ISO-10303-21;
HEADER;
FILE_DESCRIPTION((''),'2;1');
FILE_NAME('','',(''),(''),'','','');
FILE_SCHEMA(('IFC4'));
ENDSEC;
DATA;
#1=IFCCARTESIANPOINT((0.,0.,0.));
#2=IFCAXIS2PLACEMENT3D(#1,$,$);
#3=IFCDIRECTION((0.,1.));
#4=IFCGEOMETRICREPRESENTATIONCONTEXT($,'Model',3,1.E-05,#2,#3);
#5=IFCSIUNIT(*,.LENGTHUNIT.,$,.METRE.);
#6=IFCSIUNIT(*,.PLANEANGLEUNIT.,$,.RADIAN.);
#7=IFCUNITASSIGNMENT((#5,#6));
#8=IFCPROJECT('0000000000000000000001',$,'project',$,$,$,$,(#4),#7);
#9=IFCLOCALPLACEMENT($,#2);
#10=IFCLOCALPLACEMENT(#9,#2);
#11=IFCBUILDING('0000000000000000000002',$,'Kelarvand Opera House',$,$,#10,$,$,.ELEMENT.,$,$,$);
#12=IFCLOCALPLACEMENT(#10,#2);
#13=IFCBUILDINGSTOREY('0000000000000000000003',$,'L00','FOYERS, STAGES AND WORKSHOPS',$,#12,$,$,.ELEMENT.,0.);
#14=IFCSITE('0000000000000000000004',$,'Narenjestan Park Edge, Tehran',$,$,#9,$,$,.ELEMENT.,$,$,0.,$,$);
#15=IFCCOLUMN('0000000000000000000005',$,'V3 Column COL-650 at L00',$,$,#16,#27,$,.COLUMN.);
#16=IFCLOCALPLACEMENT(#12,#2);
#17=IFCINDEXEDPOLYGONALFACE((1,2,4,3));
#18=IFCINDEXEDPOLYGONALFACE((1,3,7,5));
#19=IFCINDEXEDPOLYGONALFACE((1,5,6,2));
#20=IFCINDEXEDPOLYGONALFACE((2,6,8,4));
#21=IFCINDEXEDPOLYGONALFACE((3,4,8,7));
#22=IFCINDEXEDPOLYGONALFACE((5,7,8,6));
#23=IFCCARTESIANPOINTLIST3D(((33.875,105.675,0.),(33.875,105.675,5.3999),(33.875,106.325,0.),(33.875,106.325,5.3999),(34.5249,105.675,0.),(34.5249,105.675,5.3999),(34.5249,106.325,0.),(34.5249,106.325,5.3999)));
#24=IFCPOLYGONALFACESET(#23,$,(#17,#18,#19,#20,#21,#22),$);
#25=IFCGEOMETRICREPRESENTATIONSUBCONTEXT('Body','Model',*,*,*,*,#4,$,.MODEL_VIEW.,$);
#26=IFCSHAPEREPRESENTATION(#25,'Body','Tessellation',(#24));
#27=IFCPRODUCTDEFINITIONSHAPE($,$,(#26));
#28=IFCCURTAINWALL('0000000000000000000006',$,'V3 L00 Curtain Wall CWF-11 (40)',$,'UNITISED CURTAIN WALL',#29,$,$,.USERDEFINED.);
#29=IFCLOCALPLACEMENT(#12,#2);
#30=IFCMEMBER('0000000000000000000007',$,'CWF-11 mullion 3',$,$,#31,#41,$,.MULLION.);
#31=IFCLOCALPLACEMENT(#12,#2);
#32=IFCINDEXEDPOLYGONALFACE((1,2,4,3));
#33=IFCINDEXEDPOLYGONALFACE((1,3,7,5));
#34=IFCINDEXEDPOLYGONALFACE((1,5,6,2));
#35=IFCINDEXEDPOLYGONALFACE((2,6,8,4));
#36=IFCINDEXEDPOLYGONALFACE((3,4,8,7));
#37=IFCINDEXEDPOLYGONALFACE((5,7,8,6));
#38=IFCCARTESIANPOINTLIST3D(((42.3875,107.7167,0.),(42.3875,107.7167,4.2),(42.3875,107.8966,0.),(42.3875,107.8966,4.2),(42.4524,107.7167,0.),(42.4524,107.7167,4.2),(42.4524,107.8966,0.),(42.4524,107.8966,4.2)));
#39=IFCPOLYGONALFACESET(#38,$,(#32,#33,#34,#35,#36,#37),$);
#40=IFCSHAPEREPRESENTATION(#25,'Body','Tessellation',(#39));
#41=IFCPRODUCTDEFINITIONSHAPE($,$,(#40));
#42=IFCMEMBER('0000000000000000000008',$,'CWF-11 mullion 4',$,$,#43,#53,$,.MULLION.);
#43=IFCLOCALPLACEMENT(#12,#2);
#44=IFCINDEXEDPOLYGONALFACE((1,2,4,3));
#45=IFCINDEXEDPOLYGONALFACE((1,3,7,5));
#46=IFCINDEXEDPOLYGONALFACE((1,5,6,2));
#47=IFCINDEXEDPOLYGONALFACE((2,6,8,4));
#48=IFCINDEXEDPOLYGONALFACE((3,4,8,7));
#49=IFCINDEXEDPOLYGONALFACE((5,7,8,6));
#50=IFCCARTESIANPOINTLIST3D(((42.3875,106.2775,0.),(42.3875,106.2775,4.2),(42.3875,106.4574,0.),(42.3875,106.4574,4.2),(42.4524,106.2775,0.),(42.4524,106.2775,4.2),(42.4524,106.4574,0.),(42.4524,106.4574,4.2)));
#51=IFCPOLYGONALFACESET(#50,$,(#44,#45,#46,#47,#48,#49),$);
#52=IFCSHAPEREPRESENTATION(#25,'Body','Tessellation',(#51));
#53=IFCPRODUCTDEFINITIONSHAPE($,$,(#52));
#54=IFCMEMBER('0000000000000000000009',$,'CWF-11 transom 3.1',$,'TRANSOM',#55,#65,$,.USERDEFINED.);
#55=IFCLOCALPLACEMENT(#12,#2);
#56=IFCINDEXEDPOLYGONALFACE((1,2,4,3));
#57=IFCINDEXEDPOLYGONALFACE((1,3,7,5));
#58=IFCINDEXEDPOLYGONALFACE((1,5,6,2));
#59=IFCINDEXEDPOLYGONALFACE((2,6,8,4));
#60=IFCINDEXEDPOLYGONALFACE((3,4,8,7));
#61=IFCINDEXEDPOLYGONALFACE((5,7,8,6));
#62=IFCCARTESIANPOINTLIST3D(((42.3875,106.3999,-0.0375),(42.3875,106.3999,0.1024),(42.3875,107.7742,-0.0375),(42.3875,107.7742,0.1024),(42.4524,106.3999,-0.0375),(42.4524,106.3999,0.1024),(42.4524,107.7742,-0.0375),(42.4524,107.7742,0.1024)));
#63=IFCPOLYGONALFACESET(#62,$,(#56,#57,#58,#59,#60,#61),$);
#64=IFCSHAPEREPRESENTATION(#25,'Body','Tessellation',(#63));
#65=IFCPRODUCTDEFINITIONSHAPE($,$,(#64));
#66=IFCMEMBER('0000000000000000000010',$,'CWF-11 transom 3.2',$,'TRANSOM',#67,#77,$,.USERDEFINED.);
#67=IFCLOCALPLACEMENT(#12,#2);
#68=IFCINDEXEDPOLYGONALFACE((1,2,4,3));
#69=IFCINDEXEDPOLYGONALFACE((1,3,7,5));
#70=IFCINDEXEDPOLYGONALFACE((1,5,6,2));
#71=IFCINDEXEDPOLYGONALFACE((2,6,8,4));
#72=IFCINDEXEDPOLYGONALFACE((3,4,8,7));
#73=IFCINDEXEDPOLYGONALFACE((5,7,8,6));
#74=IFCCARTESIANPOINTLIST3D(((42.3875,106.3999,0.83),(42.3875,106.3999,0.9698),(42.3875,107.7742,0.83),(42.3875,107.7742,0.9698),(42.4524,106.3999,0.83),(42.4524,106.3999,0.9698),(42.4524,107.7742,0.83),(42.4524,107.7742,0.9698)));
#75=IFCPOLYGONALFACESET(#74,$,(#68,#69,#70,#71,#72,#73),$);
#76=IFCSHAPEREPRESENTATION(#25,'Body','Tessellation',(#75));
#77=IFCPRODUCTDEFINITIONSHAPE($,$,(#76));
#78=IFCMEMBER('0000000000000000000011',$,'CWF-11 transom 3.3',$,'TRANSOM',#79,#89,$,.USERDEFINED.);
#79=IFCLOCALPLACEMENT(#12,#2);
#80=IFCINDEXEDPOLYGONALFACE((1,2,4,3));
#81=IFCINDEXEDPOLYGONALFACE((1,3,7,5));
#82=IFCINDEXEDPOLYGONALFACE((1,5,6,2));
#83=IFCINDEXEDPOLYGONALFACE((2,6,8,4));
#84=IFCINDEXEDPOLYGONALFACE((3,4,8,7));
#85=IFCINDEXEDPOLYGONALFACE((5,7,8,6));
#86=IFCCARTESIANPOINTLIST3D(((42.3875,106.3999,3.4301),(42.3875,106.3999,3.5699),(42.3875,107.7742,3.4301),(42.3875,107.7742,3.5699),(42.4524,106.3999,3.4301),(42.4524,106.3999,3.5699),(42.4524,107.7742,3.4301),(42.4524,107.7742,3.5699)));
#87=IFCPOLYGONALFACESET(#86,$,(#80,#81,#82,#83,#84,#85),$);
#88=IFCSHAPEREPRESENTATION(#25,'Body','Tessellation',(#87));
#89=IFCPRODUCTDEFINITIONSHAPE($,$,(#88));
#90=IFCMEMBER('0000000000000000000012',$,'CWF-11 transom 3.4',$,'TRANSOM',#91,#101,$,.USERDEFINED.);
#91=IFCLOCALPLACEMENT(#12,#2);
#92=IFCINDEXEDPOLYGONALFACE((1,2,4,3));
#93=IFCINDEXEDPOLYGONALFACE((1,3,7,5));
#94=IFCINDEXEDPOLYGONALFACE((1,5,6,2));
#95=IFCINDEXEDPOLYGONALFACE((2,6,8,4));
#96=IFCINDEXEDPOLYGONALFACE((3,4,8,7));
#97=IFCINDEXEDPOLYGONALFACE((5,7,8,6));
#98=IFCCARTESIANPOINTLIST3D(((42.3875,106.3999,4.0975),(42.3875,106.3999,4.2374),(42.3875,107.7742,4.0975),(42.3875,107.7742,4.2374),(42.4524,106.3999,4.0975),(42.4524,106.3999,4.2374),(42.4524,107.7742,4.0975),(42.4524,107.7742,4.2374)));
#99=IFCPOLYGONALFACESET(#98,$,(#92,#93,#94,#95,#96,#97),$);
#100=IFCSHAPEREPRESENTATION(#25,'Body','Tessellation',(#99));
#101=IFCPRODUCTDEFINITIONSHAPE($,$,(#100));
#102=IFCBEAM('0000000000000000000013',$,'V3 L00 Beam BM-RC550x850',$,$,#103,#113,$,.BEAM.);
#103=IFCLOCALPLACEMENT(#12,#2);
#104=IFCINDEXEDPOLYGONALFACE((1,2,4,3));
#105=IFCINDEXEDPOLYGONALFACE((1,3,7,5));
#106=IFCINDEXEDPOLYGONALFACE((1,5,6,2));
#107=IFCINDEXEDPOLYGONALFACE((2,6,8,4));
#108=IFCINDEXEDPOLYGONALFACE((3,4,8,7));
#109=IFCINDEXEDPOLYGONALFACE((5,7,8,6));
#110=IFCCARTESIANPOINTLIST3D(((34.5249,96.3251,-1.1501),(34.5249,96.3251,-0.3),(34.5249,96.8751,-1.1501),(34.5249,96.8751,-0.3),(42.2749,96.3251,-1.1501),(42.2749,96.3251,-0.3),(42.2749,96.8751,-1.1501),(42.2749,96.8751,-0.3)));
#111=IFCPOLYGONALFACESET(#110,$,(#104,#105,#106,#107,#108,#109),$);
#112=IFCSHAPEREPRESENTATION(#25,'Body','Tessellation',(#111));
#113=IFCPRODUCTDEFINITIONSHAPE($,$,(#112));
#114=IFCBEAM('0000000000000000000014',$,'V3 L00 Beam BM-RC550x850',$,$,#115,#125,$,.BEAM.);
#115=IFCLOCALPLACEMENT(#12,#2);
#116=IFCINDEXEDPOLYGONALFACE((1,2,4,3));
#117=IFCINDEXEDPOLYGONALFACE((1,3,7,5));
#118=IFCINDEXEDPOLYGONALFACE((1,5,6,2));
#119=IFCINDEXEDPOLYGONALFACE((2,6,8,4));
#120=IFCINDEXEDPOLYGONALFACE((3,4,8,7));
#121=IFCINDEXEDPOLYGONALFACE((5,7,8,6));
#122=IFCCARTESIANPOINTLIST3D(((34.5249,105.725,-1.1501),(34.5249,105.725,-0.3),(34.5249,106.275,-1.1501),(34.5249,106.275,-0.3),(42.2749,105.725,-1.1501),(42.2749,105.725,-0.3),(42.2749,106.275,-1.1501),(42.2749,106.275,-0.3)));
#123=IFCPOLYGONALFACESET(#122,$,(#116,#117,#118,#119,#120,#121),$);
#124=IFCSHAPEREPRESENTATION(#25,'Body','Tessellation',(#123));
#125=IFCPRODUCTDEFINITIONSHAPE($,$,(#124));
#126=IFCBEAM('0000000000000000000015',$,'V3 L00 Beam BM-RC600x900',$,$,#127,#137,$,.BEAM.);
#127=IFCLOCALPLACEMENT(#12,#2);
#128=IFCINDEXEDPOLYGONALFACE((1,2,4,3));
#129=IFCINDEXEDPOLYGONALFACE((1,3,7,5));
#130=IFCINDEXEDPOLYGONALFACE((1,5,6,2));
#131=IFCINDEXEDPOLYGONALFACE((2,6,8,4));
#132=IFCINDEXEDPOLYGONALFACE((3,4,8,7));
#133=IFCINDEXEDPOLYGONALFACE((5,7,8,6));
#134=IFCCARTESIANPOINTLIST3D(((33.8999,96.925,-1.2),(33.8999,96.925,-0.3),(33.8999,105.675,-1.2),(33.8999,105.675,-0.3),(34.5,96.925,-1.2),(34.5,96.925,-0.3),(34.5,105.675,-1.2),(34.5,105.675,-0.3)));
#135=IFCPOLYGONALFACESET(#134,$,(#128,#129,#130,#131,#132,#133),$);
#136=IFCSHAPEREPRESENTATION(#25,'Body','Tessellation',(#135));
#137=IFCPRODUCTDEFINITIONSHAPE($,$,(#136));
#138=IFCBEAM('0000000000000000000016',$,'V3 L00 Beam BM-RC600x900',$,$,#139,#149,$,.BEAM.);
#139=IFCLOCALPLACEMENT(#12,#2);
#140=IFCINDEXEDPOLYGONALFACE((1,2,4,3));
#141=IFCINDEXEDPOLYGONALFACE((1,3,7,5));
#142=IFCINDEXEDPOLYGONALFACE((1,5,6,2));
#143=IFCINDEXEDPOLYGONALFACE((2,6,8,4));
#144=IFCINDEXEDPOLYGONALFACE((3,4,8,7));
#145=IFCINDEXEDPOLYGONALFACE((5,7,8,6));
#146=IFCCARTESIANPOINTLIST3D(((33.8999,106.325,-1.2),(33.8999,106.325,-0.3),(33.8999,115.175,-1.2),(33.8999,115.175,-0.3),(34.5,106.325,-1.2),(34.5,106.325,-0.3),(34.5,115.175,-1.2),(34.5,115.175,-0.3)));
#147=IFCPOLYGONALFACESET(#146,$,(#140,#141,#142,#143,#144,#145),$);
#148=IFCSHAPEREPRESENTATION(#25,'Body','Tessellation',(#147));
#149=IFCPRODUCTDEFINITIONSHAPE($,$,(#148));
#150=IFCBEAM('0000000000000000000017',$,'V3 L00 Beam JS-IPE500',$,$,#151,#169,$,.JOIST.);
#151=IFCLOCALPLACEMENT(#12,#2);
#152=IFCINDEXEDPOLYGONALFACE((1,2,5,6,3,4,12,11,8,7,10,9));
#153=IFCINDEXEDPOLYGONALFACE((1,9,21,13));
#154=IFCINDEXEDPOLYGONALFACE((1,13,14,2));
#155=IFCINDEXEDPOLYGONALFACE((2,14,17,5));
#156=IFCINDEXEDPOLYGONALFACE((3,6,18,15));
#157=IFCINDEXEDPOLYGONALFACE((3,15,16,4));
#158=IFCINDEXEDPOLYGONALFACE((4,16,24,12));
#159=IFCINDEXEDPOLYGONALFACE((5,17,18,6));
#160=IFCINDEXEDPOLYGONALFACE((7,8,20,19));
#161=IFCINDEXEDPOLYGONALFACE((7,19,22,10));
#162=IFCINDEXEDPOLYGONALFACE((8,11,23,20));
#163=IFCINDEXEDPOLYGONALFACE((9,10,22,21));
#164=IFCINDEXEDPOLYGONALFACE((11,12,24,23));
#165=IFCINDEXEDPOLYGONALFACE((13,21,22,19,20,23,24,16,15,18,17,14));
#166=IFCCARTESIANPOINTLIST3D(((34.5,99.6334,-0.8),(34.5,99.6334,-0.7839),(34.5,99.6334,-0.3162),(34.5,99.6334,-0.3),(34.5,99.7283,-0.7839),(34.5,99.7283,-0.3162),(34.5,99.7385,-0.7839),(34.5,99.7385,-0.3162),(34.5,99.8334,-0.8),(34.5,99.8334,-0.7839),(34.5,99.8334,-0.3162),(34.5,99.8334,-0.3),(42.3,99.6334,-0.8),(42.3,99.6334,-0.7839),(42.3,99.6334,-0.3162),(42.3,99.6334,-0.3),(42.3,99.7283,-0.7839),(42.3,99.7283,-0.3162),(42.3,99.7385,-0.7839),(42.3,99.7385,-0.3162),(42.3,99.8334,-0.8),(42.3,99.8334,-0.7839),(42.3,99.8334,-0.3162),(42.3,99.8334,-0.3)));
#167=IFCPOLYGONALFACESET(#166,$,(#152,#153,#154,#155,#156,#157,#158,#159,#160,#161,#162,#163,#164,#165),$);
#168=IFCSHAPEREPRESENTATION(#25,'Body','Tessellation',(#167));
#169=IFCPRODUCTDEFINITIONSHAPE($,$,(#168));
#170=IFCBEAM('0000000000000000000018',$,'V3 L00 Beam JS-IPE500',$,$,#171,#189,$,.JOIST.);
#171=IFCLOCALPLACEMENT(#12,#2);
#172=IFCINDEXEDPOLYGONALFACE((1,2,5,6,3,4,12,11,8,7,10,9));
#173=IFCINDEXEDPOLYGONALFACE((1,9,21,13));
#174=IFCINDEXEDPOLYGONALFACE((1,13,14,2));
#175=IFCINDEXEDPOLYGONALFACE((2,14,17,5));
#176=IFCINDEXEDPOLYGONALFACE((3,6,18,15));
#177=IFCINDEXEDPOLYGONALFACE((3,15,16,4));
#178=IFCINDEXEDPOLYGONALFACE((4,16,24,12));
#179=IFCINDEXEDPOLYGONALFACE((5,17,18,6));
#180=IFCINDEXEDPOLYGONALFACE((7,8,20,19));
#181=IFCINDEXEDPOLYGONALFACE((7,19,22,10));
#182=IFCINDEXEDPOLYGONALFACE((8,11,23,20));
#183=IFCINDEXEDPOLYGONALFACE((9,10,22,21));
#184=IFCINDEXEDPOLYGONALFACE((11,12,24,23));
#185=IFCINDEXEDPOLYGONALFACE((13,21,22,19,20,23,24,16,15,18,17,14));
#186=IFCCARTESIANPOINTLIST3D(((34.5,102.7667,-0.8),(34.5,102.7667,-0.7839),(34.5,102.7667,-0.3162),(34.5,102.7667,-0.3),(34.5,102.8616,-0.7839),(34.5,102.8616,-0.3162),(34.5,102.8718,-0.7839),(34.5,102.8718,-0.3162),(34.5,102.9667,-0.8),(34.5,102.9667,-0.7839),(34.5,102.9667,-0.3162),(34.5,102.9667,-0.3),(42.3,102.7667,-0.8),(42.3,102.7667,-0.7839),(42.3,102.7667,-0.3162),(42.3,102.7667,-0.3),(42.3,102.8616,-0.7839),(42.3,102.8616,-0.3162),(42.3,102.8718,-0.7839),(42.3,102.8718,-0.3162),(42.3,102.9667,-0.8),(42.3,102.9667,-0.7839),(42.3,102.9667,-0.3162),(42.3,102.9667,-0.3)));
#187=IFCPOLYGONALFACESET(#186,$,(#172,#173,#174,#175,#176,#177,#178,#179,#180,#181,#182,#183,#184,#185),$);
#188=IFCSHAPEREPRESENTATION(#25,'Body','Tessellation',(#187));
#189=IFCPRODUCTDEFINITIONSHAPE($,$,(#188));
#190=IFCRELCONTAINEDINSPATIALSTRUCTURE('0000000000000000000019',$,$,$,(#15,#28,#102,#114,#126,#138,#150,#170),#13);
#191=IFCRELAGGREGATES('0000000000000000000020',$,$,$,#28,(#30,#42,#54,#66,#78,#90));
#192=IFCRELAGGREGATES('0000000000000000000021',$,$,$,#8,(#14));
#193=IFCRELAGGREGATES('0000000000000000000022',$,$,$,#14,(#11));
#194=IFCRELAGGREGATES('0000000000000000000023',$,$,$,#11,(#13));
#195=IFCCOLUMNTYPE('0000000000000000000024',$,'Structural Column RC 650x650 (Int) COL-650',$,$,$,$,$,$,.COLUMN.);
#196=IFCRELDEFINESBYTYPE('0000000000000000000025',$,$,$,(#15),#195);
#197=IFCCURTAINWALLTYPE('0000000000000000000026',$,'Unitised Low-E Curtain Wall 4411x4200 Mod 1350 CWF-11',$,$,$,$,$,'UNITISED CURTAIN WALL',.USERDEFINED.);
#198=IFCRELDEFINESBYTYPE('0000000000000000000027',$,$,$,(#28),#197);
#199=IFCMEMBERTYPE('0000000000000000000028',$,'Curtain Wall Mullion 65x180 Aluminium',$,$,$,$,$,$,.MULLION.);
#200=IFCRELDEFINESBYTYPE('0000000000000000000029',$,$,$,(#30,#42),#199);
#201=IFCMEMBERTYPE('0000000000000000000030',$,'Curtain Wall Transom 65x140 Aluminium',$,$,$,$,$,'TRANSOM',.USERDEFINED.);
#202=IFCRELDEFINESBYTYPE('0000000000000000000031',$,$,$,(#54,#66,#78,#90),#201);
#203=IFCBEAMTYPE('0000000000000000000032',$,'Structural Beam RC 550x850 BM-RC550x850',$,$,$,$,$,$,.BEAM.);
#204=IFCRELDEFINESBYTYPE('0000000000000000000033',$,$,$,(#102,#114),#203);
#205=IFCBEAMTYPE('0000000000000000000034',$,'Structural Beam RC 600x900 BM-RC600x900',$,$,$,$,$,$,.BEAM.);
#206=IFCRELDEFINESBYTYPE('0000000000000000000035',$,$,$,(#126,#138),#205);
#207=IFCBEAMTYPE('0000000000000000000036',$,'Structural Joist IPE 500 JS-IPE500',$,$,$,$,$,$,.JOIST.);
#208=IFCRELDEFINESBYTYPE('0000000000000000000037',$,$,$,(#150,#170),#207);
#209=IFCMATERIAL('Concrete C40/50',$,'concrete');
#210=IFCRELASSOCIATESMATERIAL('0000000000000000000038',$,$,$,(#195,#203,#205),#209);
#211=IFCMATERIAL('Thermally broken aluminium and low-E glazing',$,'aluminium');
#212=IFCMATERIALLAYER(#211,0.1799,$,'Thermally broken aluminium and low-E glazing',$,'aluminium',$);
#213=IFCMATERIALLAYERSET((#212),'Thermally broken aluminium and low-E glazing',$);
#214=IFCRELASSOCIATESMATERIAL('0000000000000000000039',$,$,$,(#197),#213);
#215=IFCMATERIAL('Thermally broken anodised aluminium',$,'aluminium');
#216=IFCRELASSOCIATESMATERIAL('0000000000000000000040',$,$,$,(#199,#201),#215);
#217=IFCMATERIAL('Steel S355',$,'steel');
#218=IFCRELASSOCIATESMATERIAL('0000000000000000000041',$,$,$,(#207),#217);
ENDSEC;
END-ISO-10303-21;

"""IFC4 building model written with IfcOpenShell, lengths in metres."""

from ifc_helpers import new_model, si_unit, direction, frame, origin, origin_2d, place, context, subcontext, project, spatial, rectangle, i_section, extrude, material, layer, layer_set, material_profile, profile_set, type_object, element, aggregate, save


model = new_model("IFC4")

# Units and contexts
model_context = context("Model", 3, precision=1e-05, world=origin(), true_north=direction((0.0, 1.0)))
body_context = subcontext(model_context, "Body", "Model", "MODEL_VIEW")
ifc_project = project(units=[si_unit("LENGTHUNIT", "METRE"), si_unit("PLANEANGLEUNIT", "RADIAN")], contexts=[model_context])

# Site, building, storey
site_placement = place(None, origin())
site = spatial("IfcSite", under=ifc_project, at=site_placement, Name="Narenjestan Park Edge, Tehran", CompositionType="ELEMENT", RefElevation=0.0)
building_placement = place(site_placement, origin())
building = spatial("IfcBuilding", under=site, at=building_placement, Name="Kelarvand Opera House", CompositionType="ELEMENT")
storey_placement = place(building_placement, origin())
storey = spatial("IfcBuildingStorey", under=building, at=storey_placement, Name="L00", Description="FOYERS, STAGES AND WORKSHOPS", CompositionType="ELEMENT", Elevation=0.0)

# Column
ifc_material_1 = material(Name="Concrete C40/50", Category="concrete")
ifc_material_profile_1 = material_profile(ifc_material_1, rectangle(XDim=0.6499, YDim=0.6499, at=origin_2d()), Name="RC 650x650", Category="concrete")
ifc_profile_set_1 = profile_set([ifc_material_profile_1], Name="Concrete C40/50")
column_type = type_object("IfcColumnType", Name="Structural Column RC 650x650 (Int) COL-650", PredefinedType="COLUMN", material=ifc_profile_set_1)
column_placement = place(storey_placement, frame((34.2, 106.0, 0.0), z_axis=(0.0, 0.0, 1.0), x_axis=(1.0, 0.0, 0.0)))
element("IfcColumn", 1, at=column_placement, inside=storey, type_object=column_type, Name="V3 Column COL-650 at L00", PredefinedType="COLUMN", context=body_context, shape_type="SweptSolid", body=[
    extrude(rectangle(XDim=0.6499, YDim=0.6499, at=origin_2d()), origin(), (0.0, 0.0, 1.0), 5.3999),
])

# Curtain wall, members
ifc_material_2 = material(Name="Thermally broken aluminium and low-E glazing", Category="aluminium")
ifc_layer_1 = layer(ifc_material_2, 0.1799, Name="Thermally broken aluminium and low-E glazing", Category="aluminium")
ifc_layer_set_1 = layer_set([ifc_layer_1], Name="Thermally broken aluminium and low-E glazing")
curtain_wall_type = type_object("IfcCurtainWallType", Name="Unitised Low-E Curtain Wall 4411x4200 Mod 1350 CWF-11", ElementType="UNITISED CURTAIN WALL", PredefinedType="USERDEFINED", material=ifc_layer_set_1)
curtain_wall_placement = place(storey_placement, origin())
curtain_wall = element("IfcCurtainWall", 2, at=curtain_wall_placement, inside=storey, type_object=curtain_wall_type, Name="V3 L00 Curtain Wall CWF-11 (40)", ObjectType="UNITISED CURTAIN WALL", PredefinedType="USERDEFINED")
ifc_material_3 = material(Name="Thermally broken anodised aluminium", Category="aluminium")
ifc_material_profile_2 = material_profile(ifc_material_3, rectangle(XDim=0.0649, YDim=0.1799, at=origin_2d()), Name="ALU MULLION 65x180", Category="aluminium")
ifc_profile_set_2 = profile_set([ifc_material_profile_2], Name="Thermally broken anodised aluminium")
member_type_1 = type_object("IfcMemberType", Name="Curtain Wall Mullion 65x180 Aluminium", PredefinedType="MULLION", material=ifc_profile_set_2)
member_1_placement = place(storey_placement, frame((42.4199, 107.8066, 0.0), z_axis=(0.0, 0.0, 1.0), x_axis=(1.0, 0.0, 0.0)))
member_1 = element("IfcMember", 3, at=member_1_placement, type_object=member_type_1, Name="CWF-11 mullion 3", PredefinedType="MULLION", context=body_context, shape_type="SweptSolid", body=[
    extrude(rectangle(XDim=0.0649, YDim=0.1799, at=origin_2d()), origin(), (0.0, 0.0, 1.0), 4.2),
])
member_2_placement = place(storey_placement, frame((42.4199, 106.3674, 0.0), z_axis=(0.0, 0.0, 1.0), x_axis=(1.0, 0.0, 0.0)))
member_2 = element("IfcMember", 4, at=member_2_placement, type_object=member_type_1, Name="CWF-11 mullion 4", PredefinedType="MULLION", context=body_context, shape_type="SweptSolid", body=[
    extrude(rectangle(XDim=0.0649, YDim=0.1799, at=origin_2d()), origin(), (0.0, 0.0, 1.0), 4.2),
])
ifc_material_profile_3 = material_profile(ifc_material_3, rectangle(XDim=0.0649, YDim=0.1399, at=origin_2d()), Name="ALU TRANSOM 65x140", Category="aluminium")
ifc_profile_set_3 = profile_set([ifc_material_profile_3], Name="Thermally broken anodised aluminium")
member_type_2 = type_object("IfcMemberType", Name="Curtain Wall Transom 65x140 Aluminium", ElementType="TRANSOM", PredefinedType="USERDEFINED", material=ifc_profile_set_3)
member_3_placement = place(storey_placement, frame((42.4199, 107.7742, 0.0325), z_axis=(0.0, -1.0, 0.0), x_axis=(1.0, 0.0, 0.0)))
member_3 = element("IfcMember", 5, at=member_3_placement, type_object=member_type_2, Name="CWF-11 transom 3.1", ObjectType="TRANSOM", PredefinedType="USERDEFINED", context=body_context, shape_type="SweptSolid", body=[
    extrude(rectangle(XDim=0.0649, YDim=0.1399, at=origin_2d()), origin(), (0.0, 0.0, 1.0), 1.3743),
])
member_4_placement = place(storey_placement, frame((42.4199, 107.7742, 0.8999), z_axis=(0.0, -1.0, 0.0), x_axis=(1.0, 0.0, 0.0)))
member_4 = element("IfcMember", 6, at=member_4_placement, type_object=member_type_2, Name="CWF-11 transom 3.2", ObjectType="TRANSOM", PredefinedType="USERDEFINED", context=body_context, shape_type="SweptSolid", body=[
    extrude(rectangle(XDim=0.0649, YDim=0.1399, at=origin_2d()), origin(), (0.0, 0.0, 1.0), 1.3743),
])
member_5_placement = place(storey_placement, frame((42.4199, 107.7742, 3.5), z_axis=(0.0, -1.0, 0.0), x_axis=(1.0, 0.0, 0.0)))
member_5 = element("IfcMember", 7, at=member_5_placement, type_object=member_type_2, Name="CWF-11 transom 3.3", ObjectType="TRANSOM", PredefinedType="USERDEFINED", context=body_context, shape_type="SweptSolid", body=[
    extrude(rectangle(XDim=0.0649, YDim=0.1399, at=origin_2d()), origin(), (0.0, 0.0, 1.0), 1.3743),
])
member_6_placement = place(storey_placement, frame((42.4199, 107.7742, 4.1675), z_axis=(0.0, -1.0, 0.0), x_axis=(1.0, 0.0, 0.0)))
member_6 = element("IfcMember", 8, at=member_6_placement, type_object=member_type_2, Name="CWF-11 transom 3.4", ObjectType="TRANSOM", PredefinedType="USERDEFINED", context=body_context, shape_type="SweptSolid", body=[
    extrude(rectangle(XDim=0.0649, YDim=0.1399, at=origin_2d()), origin(), (0.0, 0.0, 1.0), 1.3743),
])

# Beams
ifc_material_profile_4 = material_profile(ifc_material_1, rectangle(XDim=0.55, YDim=0.8501, at=origin_2d()), Name="RC 550x850", Category="concrete")
ifc_profile_set_4 = profile_set([ifc_material_profile_4], Name="Concrete C40/50")
beam_type_1 = type_object("IfcBeamType", Name="Structural Beam RC 550x850 BM-RC550x850", PredefinedType="BEAM", material=ifc_profile_set_4)
for number, where, z_axis, x_axis, name in (
    (9, (34.5249, 96.6001, -0.7251), (1.0, 0.0, 0.0), (0.0, 1.0, 0.0), "V3 L00 Beam BM-RC550x850"),
    (10, (34.5249, 106.0, -0.7251), (1.0, 0.0, 0.0), (0.0, 1.0, 0.0), "V3 L00 Beam BM-RC550x850"),
):
    element("IfcBeam", number, at=place(storey_placement, frame(where, z_axis=z_axis, x_axis=x_axis)), inside=storey, type_object=beam_type_1, Name=name, PredefinedType="BEAM", context=body_context, shape_type="SweptSolid", body=[
        extrude(rectangle(XDim=0.55, YDim=0.8501, at=origin_2d()), origin(), (0.0, 0.0, 1.0), 7.75),
    ])
ifc_material_profile_5 = material_profile(ifc_material_1, rectangle(XDim=0.6001, YDim=0.8999, at=origin_2d()), Name="RC 600x900", Category="concrete")
ifc_profile_set_5 = profile_set([ifc_material_profile_5], Name="Concrete C40/50")
beam_type_2 = type_object("IfcBeamType", Name="Structural Beam RC 600x900 BM-RC600x900", PredefinedType="BEAM", material=ifc_profile_set_5)
beam_1_placement = place(storey_placement, frame((34.2, 96.925, -0.75), z_axis=(0.0, 1.0, 0.0), x_axis=(-1.0, 0.0, 0.0)))
element("IfcBeam", 11, at=beam_1_placement, inside=storey, type_object=beam_type_2, Name="V3 L00 Beam BM-RC600x900", PredefinedType="BEAM", context=body_context, shape_type="SweptSolid", body=[
    extrude(rectangle(XDim=0.6001, YDim=0.8999, at=origin_2d()), origin(), (0.0, 0.0, 1.0), 8.75),
])
beam_2_placement = place(storey_placement, frame((34.2, 106.325, -0.75), z_axis=(0.0, 1.0, 0.0), x_axis=(-1.0, 0.0, 0.0)))
element("IfcBeam", 12, at=beam_2_placement, inside=storey, type_object=beam_type_2, Name="V3 L00 Beam BM-RC600x900", PredefinedType="BEAM", context=body_context, shape_type="SweptSolid", body=[
    extrude(rectangle(XDim=0.6001, YDim=0.8999, at=origin_2d()), origin(), (0.0, 0.0, 1.0), 8.8501),
])
ifc_material_4 = material(Name="Steel S355", Category="steel")
ifc_material_profile_6 = material_profile(ifc_material_4, i_section(OverallWidth=0.2, OverallDepth=0.5, WebThickness=0.0103, FlangeThickness=0.0161, at=origin_2d()), Name="IPE 500", Category="steel")
ifc_profile_set_6 = profile_set([ifc_material_profile_6], Name="Steel S355")
beam_type_3 = type_object("IfcBeamType", Name="Structural Joist IPE 500 JS-IPE500", PredefinedType="JOIST", material=ifc_profile_set_6)
for number, where, z_axis, x_axis, name in (
    (13, (34.5, 99.7334, -0.55), (1.0, 0.0, 0.0), (0.0, 1.0, 0.0), "V3 L00 Beam JS-IPE500"),
    (14, (34.5, 102.8667, -0.55), (1.0, 0.0, 0.0), (0.0, 1.0, 0.0), "V3 L00 Beam JS-IPE500"),
):
    element("IfcBeam", number, at=place(storey_placement, frame(where, z_axis=z_axis, x_axis=x_axis)), inside=storey, type_object=beam_type_3, Name=name, PredefinedType="JOIST", context=body_context, shape_type="SweptSolid", body=[
        extrude(i_section(OverallWidth=0.2, OverallDepth=0.5, WebThickness=0.0103, FlangeThickness=0.0161, at=origin_2d()), origin(), (0.0, 0.0, 1.0), 7.8),
    ])

aggregate(curtain_wall, [member_1, member_2, member_3, member_4, member_5, member_6])

save(model, "model.ifc")
